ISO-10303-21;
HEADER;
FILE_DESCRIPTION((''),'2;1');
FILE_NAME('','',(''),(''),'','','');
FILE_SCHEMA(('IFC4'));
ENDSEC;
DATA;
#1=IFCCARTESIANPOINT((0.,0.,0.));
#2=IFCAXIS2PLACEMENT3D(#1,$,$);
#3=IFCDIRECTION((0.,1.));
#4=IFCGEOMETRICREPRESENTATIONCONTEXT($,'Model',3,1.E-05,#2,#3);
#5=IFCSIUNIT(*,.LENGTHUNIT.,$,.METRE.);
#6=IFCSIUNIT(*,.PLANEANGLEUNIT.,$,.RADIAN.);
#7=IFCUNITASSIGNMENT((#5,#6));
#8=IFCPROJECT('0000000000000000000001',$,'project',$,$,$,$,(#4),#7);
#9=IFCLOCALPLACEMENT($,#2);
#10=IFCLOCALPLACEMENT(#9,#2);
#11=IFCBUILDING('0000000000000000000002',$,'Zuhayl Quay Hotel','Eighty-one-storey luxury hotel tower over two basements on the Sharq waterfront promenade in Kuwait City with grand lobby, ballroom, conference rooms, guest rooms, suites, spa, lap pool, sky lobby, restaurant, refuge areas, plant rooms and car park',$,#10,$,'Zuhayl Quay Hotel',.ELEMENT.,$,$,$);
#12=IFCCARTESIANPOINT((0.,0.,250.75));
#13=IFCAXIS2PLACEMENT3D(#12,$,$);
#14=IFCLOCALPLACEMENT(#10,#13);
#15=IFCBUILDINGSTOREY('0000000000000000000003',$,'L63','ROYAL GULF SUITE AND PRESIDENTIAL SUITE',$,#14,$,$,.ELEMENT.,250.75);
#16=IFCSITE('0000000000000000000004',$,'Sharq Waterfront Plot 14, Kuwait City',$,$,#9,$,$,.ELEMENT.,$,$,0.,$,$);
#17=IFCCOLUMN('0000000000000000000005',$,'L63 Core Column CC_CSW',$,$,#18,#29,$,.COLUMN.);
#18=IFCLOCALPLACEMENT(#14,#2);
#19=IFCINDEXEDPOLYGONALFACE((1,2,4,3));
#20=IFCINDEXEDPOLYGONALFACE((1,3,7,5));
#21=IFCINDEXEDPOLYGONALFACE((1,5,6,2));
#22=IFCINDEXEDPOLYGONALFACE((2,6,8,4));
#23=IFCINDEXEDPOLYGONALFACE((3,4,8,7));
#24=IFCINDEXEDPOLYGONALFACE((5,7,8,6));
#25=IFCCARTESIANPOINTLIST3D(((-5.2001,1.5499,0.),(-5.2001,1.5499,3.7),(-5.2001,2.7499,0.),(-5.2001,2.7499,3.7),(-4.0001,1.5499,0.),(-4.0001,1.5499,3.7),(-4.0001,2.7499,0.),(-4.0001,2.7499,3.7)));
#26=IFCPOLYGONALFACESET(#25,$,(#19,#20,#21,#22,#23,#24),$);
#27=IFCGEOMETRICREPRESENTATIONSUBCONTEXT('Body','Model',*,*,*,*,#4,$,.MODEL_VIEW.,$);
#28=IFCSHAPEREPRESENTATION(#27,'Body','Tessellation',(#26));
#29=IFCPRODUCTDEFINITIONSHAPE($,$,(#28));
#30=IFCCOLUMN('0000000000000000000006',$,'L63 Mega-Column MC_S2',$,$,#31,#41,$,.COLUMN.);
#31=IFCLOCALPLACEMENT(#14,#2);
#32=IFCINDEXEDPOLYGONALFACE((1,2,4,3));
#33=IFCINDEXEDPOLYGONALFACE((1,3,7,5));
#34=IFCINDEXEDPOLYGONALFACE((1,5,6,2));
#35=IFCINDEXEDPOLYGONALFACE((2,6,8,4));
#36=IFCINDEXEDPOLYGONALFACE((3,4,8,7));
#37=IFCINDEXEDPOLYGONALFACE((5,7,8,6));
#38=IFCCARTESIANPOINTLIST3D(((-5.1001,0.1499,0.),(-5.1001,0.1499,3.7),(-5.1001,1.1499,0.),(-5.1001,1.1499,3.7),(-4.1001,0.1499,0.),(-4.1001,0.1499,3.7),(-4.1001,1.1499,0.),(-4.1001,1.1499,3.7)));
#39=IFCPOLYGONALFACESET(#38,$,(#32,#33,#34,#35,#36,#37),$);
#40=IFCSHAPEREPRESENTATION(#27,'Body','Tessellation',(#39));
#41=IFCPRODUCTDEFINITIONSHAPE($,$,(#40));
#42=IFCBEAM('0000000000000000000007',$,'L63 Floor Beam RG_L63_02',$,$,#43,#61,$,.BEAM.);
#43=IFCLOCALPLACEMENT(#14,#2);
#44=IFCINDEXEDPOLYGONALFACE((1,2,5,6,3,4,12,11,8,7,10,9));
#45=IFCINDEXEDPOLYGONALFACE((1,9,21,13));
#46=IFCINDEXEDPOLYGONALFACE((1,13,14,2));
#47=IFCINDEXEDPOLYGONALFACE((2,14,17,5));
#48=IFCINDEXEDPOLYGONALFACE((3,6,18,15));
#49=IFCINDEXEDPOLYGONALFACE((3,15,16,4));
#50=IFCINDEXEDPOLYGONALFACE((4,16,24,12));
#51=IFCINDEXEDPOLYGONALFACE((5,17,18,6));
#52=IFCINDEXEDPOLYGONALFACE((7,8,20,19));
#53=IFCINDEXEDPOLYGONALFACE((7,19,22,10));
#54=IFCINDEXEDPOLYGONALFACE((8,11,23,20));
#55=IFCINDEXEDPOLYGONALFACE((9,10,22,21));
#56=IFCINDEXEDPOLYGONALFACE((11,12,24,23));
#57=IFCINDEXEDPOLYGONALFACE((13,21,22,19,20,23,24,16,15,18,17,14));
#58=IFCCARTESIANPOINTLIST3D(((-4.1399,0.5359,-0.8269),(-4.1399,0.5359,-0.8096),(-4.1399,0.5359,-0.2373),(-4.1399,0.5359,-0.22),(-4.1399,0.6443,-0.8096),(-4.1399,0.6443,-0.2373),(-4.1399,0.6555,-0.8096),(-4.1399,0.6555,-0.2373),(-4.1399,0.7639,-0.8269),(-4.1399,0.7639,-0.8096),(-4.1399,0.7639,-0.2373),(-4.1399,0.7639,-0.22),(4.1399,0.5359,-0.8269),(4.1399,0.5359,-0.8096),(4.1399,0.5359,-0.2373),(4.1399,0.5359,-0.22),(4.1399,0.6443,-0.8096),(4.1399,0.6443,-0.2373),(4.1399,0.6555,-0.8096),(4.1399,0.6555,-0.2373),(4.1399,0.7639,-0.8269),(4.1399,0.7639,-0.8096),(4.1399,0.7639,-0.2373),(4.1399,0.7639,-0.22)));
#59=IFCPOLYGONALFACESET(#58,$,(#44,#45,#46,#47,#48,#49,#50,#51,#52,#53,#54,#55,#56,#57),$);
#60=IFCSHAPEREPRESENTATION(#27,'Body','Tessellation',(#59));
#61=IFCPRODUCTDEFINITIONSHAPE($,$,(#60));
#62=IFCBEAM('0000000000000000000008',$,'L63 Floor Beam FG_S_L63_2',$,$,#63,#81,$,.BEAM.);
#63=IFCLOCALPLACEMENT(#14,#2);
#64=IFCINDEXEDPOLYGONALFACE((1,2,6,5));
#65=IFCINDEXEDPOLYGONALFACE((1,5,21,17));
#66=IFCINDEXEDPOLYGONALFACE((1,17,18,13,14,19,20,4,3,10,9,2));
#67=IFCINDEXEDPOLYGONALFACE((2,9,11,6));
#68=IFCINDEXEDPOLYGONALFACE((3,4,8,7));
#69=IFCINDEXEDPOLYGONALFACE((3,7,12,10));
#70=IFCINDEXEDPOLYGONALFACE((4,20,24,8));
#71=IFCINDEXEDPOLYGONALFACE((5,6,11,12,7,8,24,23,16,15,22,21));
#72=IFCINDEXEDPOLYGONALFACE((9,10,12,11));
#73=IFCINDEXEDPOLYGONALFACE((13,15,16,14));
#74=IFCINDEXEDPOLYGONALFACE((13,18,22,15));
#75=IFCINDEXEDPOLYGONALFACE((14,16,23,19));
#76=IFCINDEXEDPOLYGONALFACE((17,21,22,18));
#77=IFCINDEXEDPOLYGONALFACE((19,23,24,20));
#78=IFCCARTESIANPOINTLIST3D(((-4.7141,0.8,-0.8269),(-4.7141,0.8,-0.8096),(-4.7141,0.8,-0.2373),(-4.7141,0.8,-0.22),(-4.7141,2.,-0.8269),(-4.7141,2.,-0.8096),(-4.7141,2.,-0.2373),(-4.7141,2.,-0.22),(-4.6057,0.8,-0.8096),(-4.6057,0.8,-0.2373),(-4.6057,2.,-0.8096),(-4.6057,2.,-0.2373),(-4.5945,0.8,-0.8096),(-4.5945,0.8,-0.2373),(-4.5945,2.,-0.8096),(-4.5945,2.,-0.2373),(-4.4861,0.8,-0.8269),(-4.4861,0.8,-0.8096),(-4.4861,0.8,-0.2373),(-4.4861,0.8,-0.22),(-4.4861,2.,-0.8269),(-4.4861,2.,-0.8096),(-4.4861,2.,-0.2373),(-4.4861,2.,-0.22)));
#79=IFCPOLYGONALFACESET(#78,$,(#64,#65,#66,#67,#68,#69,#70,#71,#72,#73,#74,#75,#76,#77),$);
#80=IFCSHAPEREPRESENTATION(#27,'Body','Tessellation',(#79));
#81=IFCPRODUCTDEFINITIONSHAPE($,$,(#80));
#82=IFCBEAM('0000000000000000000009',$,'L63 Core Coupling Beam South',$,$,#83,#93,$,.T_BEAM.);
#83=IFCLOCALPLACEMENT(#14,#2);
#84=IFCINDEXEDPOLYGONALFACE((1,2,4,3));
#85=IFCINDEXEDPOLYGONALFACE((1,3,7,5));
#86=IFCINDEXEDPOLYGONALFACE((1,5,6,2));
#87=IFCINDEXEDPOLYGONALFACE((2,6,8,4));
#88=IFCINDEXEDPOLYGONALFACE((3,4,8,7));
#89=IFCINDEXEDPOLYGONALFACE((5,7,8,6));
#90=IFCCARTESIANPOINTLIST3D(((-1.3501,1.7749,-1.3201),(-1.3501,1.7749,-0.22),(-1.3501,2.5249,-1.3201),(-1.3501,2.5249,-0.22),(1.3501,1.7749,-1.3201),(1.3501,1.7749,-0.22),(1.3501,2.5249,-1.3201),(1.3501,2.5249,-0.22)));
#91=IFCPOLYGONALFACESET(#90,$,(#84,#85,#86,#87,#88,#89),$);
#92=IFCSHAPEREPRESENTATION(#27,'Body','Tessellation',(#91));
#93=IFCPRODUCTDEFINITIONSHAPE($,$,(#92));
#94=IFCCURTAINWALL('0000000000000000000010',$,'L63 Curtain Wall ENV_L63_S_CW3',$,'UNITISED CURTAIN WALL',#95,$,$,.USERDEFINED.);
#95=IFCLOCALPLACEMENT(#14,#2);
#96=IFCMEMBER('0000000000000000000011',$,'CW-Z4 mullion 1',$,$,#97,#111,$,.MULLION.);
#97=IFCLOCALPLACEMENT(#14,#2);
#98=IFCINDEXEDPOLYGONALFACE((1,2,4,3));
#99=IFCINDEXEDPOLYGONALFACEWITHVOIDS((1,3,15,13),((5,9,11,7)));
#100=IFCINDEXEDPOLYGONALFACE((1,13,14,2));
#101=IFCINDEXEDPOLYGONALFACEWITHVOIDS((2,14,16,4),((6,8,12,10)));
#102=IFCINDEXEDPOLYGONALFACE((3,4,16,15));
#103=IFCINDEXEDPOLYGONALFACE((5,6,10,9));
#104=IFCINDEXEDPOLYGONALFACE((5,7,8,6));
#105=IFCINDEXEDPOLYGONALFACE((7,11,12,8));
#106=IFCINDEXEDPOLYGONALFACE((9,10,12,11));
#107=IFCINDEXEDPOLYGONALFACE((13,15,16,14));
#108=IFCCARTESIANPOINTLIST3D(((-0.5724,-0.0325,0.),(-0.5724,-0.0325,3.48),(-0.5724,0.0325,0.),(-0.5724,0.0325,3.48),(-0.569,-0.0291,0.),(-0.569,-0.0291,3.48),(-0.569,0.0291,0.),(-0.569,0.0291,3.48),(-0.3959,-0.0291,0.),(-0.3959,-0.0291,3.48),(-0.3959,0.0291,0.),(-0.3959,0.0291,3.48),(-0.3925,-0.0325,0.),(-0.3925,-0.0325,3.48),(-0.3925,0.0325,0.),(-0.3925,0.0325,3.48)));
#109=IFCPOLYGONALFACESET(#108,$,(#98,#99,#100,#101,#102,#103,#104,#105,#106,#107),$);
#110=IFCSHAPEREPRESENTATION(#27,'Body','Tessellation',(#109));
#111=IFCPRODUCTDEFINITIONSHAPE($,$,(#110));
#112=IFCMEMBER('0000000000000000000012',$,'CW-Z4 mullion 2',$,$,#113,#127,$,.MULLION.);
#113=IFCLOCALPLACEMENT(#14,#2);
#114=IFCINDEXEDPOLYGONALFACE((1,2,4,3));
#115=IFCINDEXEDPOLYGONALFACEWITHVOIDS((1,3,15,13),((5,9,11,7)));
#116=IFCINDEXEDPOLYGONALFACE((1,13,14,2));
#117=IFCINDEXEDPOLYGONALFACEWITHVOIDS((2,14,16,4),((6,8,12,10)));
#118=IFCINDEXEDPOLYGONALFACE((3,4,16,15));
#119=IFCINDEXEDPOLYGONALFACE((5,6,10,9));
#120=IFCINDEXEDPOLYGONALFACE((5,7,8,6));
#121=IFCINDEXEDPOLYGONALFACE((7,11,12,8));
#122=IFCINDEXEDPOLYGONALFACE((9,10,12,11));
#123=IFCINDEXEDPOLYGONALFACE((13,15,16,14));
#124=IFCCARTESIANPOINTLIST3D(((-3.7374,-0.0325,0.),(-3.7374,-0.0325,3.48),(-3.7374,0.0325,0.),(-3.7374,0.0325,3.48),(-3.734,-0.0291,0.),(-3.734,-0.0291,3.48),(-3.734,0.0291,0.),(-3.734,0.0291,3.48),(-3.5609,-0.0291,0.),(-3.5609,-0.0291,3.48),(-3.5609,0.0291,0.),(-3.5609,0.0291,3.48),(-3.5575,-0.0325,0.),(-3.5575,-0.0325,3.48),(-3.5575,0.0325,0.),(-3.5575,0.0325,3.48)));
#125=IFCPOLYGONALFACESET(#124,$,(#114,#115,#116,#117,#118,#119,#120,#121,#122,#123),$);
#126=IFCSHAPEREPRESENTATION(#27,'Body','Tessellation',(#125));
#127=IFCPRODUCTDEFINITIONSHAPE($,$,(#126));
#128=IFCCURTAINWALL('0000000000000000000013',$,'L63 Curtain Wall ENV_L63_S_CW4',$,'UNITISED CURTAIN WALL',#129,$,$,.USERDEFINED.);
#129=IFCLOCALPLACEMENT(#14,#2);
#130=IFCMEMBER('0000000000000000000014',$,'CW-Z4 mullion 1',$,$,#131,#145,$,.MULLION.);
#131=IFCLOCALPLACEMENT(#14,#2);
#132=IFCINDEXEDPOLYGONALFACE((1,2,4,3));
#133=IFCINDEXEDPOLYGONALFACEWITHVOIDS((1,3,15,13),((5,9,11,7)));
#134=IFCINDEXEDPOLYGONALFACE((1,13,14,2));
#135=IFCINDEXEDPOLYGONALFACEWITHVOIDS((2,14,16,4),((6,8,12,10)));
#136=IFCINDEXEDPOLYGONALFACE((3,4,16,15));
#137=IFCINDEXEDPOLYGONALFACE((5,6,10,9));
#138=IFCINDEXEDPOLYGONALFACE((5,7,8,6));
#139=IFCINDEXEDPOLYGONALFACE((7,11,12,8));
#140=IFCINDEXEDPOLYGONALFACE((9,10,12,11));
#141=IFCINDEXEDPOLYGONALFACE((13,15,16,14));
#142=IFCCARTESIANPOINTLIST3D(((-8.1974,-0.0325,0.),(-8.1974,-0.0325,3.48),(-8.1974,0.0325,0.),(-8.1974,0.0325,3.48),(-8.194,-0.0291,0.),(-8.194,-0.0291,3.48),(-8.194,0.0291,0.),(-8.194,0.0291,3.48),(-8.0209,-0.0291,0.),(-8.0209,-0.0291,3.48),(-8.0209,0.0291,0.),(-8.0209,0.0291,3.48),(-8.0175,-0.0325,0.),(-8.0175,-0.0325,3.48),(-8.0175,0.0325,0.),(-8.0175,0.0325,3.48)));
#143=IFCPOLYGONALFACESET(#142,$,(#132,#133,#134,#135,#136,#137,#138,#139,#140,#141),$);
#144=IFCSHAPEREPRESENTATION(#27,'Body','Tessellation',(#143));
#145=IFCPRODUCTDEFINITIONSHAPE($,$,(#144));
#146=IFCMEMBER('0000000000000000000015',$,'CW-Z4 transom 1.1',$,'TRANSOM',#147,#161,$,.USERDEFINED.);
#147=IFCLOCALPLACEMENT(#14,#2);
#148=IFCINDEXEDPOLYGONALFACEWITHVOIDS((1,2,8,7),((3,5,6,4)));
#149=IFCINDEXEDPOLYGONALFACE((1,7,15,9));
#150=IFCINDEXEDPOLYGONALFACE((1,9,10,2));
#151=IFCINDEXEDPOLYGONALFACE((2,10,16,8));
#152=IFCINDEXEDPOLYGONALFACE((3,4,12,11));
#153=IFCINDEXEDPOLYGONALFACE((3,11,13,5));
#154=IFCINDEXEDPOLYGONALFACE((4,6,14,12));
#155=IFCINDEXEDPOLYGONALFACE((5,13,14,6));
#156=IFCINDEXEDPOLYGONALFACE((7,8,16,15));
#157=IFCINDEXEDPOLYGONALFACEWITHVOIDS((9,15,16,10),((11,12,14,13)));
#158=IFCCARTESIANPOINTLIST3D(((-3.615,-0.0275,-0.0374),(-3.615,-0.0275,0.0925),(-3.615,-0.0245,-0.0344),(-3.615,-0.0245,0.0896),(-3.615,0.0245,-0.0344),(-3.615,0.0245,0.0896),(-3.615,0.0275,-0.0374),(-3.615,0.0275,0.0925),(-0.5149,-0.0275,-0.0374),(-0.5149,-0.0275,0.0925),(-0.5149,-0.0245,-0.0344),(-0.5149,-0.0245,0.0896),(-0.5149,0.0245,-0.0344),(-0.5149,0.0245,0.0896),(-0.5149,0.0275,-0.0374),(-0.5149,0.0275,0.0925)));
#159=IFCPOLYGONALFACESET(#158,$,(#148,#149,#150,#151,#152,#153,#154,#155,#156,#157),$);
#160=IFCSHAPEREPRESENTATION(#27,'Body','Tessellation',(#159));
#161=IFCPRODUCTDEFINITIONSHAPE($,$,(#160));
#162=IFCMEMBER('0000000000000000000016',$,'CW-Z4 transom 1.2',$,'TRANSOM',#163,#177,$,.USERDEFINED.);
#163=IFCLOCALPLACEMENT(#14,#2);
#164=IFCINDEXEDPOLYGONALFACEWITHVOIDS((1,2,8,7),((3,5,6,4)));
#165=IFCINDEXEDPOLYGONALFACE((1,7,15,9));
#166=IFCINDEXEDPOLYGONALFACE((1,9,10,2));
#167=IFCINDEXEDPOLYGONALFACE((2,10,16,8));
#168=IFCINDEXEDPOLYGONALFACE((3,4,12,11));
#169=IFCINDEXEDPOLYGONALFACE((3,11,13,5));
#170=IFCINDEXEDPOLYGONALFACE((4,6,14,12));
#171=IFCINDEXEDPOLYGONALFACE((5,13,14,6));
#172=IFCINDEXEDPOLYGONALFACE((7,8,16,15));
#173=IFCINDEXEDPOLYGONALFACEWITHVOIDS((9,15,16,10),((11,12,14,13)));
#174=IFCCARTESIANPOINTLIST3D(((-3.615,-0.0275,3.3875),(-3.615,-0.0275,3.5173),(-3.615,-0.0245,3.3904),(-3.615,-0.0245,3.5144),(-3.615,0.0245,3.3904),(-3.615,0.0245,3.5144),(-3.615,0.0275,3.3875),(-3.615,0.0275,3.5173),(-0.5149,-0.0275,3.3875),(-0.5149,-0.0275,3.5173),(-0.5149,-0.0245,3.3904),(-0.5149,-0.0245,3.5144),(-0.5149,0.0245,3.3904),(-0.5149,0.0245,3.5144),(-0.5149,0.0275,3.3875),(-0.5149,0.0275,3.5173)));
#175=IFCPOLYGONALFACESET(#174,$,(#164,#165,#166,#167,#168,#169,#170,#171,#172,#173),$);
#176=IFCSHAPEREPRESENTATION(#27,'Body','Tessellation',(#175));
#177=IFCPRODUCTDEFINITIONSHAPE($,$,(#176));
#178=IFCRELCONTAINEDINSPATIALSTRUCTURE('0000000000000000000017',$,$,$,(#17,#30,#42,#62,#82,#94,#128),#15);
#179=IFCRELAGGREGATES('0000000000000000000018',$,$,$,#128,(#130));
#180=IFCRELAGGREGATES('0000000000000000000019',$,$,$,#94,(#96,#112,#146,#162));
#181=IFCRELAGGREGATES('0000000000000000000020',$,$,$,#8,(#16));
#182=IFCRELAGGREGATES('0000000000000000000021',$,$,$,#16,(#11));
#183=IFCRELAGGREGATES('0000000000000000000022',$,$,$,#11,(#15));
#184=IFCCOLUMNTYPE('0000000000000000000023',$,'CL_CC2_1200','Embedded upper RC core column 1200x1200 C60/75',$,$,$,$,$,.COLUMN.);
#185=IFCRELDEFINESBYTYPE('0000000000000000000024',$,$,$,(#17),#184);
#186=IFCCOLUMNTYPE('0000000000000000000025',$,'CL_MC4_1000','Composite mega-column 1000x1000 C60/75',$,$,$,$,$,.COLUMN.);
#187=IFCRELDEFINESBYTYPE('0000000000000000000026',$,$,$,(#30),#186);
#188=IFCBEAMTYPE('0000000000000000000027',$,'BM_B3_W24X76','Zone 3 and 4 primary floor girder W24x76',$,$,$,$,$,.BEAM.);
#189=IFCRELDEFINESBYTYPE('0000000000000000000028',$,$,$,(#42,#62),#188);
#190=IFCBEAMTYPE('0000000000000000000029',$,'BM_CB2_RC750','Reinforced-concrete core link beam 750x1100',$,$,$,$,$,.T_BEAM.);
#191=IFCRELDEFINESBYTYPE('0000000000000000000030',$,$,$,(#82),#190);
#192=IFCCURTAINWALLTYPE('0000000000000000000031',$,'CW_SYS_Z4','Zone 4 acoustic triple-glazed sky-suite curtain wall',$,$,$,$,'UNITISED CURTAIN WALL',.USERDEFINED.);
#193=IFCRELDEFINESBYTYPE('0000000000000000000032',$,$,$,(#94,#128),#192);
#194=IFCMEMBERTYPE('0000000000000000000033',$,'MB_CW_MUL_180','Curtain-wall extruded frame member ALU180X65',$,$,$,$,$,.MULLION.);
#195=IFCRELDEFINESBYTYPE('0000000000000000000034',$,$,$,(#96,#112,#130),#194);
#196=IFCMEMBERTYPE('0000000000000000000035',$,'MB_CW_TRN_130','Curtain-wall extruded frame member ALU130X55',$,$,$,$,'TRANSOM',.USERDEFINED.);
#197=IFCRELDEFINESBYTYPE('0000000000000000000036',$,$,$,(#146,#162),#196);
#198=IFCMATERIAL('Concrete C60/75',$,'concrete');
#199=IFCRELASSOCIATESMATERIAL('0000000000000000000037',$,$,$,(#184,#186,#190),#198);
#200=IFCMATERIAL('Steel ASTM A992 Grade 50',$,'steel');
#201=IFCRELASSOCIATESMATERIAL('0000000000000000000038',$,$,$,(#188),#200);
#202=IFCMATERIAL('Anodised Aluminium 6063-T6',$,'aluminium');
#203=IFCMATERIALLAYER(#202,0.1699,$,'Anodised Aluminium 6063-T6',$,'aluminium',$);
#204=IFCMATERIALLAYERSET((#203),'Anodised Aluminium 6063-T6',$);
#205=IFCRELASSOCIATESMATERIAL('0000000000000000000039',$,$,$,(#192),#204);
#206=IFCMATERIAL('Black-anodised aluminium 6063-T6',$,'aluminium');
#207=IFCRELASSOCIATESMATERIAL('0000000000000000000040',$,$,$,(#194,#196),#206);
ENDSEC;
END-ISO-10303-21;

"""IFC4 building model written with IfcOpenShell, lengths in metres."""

from ifc_helpers import new_model, si_unit, direction, frame, origin, origin_2d, place, context, subcontext, project, spatial, rectangle, hollow_rectangle, i_section, extrude, material, layer, layer_set, material_profile, profile_set, type_object, element, aggregate, save


model = new_model("IFC4")

# Units and contexts
model_context = context("Model", 3, precision=1e-05, world=origin(), true_north=direction((0.0, 1.0)))
body_context = subcontext(model_context, "Body", "Model", "MODEL_VIEW")
ifc_project = project(units=[si_unit("LENGTHUNIT", "METRE"), si_unit("PLANEANGLEUNIT", "RADIAN")], contexts=[model_context])

# Site, building, storey
site_placement = place(None, origin())
site = spatial("IfcSite", under=ifc_project, at=site_placement, Name="Sharq Waterfront Plot 14, Kuwait City", CompositionType="ELEMENT", RefElevation=0.0)
building_placement = place(site_placement, origin())
building = spatial("IfcBuilding", under=site, at=building_placement, Name="Zuhayl Quay Hotel", Description="Eighty-one-storey luxury hotel tower over two basements on the Sharq waterfront promenade in Kuwait City with grand lobby, ballroom, conference rooms, guest rooms, suites, spa, lap pool, sky lobby, restaurant, refuge areas, plant rooms and car park", LongName="Zuhayl Quay Hotel", CompositionType="ELEMENT")
storey_placement = place(building_placement, frame((0.0, 0.0, 250.75)))
storey = spatial("IfcBuildingStorey", under=building, at=storey_placement, Name="L63", Description="ROYAL GULF SUITE AND PRESIDENTIAL SUITE", CompositionType="ELEMENT", Elevation=250.75)

# Columns
ifc_material_1 = material(Name="Concrete C60/75", Category="concrete")
ifc_material_profile_1 = material_profile(ifc_material_1, rectangle(XDim=1.2, YDim=1.2, at=origin_2d()), Name="RC1200X1200")
ifc_profile_set_1 = profile_set([ifc_material_profile_1], Name="Concrete C60/75")
column_type_1 = type_object("IfcColumnType", Name="CL_CC2_1200", Description="Embedded upper RC core column 1200x1200 C60/75", PredefinedType="COLUMN", material=ifc_profile_set_1)
column_1_placement = place(storey_placement, frame((-4.6001, 2.1499, 0.0), z_axis=(0.0, 0.0, 1.0), x_axis=(1.0, 0.0, 0.0)))
element("IfcColumn", 1, at=column_1_placement, inside=storey, type_object=column_type_1, Name="L63 Core Column CC_CSW", PredefinedType="COLUMN", context=body_context, shape_type="SweptSolid", body=[
    extrude(rectangle(XDim=1.2, YDim=1.2, at=origin_2d()), origin(), (0.0, 0.0, 1.0), 3.7),
])
ifc_material_profile_2 = material_profile(ifc_material_1, rectangle(XDim=1.0, YDim=1.0, at=origin_2d()), Name="RC1000X1000")
ifc_profile_set_2 = profile_set([ifc_material_profile_2], Name="Concrete C60/75")
column_type_2 = type_object("IfcColumnType", Name="CL_MC4_1000", Description="Composite mega-column 1000x1000 C60/75", PredefinedType="COLUMN", material=ifc_profile_set_2)
column_2_placement = place(storey_placement, frame((-4.6001, 0.6499, 0.0), z_axis=(0.0, 0.0, 1.0), x_axis=(1.0, 0.0, 0.0)))
element("IfcColumn", 2, at=column_2_placement, inside=storey, type_object=column_type_2, Name="L63 Mega-Column MC_S2", PredefinedType="COLUMN", context=body_context, shape_type="SweptSolid", body=[
    extrude(rectangle(XDim=1.0, YDim=1.0, at=origin_2d()), origin(), (0.0, 0.0, 1.0), 3.7),
])

# Beams
ifc_material_2 = material(Name="Steel ASTM A992 Grade 50", Category="steel")
ifc_material_profile_3 = material_profile(ifc_material_2, i_section(OverallWidth=0.228, OverallDepth=0.6069, WebThickness=0.0112, FlangeThickness=0.0173, at=origin_2d()), Name="W24X76")
ifc_profile_set_3 = profile_set([ifc_material_profile_3], Name="Steel ASTM A992 Grade 50")
beam_type_1 = type_object("IfcBeamType", Name="BM_B3_W24X76", Description="Zone 3 and 4 primary floor girder W24x76", PredefinedType="BEAM", material=ifc_profile_set_3)
beam_1_placement = place(storey_placement, frame((-4.1399, 0.6499, -0.5234), z_axis=(1.0, 0.0, 0.0), x_axis=(0.0, 1.0, 0.0)))
element("IfcBeam", 3, at=beam_1_placement, inside=storey, type_object=beam_type_1, Name="L63 Floor Beam RG_L63_02", PredefinedType="BEAM", context=body_context, shape_type="SweptSolid", body=[
    extrude(i_section(OverallWidth=0.228, OverallDepth=0.6069, WebThickness=0.0112, FlangeThickness=0.0173, at=origin_2d()), origin(), (0.0, 0.0, 1.0), 8.2798),
])
beam_2_placement = place(storey_placement, frame((-4.6001, 0.8, -0.5234), z_axis=(0.0, 1.0, 0.0), x_axis=(-1.0, 0.0, 0.0)))
element("IfcBeam", 4, at=beam_2_placement, inside=storey, type_object=beam_type_1, Name="L63 Floor Beam FG_S_L63_2", PredefinedType="BEAM", context=body_context, shape_type="SweptSolid", body=[
    extrude(i_section(OverallWidth=0.228, OverallDepth=0.6069, WebThickness=0.0112, FlangeThickness=0.0173, at=origin_2d()), origin(), (0.0, 0.0, 1.0), 1.2),
])
ifc_material_profile_4 = material_profile(ifc_material_1, rectangle(XDim=0.75, YDim=1.1001, at=origin_2d()), Name="RC750X1100")
ifc_profile_set_4 = profile_set([ifc_material_profile_4], Name="Concrete C60/75")
beam_type_2 = type_object("IfcBeamType", Name="BM_CB2_RC750", Description="Reinforced-concrete core link beam 750x1100", PredefinedType="T_BEAM", material=ifc_profile_set_4)
beam_3_placement = place(storey_placement, frame((-1.3501, 2.1499, -0.77), z_axis=(1.0, 0.0, 0.0), x_axis=(0.0, 1.0, 0.0)))
element("IfcBeam", 5, at=beam_3_placement, inside=storey, type_object=beam_type_2, Name="L63 Core Coupling Beam South", PredefinedType="T_BEAM", context=body_context, shape_type="SweptSolid", body=[
    extrude(rectangle(XDim=0.75, YDim=1.1001, at=origin_2d()), origin(), (0.0, 0.0, 1.0), 2.7002),
])

# Curtain wall, members
ifc_material_3 = material(Name="Anodised Aluminium 6063-T6", Category="aluminium")
ifc_layer_1 = layer(ifc_material_3, 0.1699, Name="Anodised Aluminium 6063-T6", Category="aluminium")
ifc_layer_set_1 = layer_set([ifc_layer_1], Name="Anodised Aluminium 6063-T6")
curtain_wall_type = type_object("IfcCurtainWallType", Name="CW_SYS_Z4", Description="Zone 4 acoustic triple-glazed sky-suite curtain wall", ElementType="UNITISED CURTAIN WALL", PredefinedType="USERDEFINED", material=ifc_layer_set_1)
curtain_wall_1_placement = place(storey_placement, origin())
curtain_wall_1 = element("IfcCurtainWall", 6, at=curtain_wall_1_placement, inside=storey, type_object=curtain_wall_type, Name="L63 Curtain Wall ENV_L63_S_CW3", ObjectType="UNITISED CURTAIN WALL", PredefinedType="USERDEFINED")
ifc_material_4 = material(Name="Black-anodised aluminium 6063-T6", Category="aluminium")
ifc_material_profile_5 = material_profile(ifc_material_4, hollow_rectangle(XDim=0.0649, YDim=0.1799, WallThickness=0.0034, at=origin_2d()), Name="ALU180X65")
ifc_profile_set_5 = profile_set([ifc_material_profile_5], Name="Black-anodised aluminium 6063-T6")
member_type_1 = type_object("IfcMemberType", Name="MB_CW_MUL_180", Description="Curtain-wall extruded frame member ALU180X65", PredefinedType="MULLION", material=ifc_profile_set_5)
member_1_placement = place(storey_placement, frame((-0.4824, 0.0, 0.0), z_axis=(0.0, 0.0, 1.0), x_axis=(0.0, -1.0, 0.0)))
member_1 = element("IfcMember", 7, at=member_1_placement, type_object=member_type_1, Name="CW-Z4 mullion 1", PredefinedType="MULLION", context=body_context, shape_type="SweptSolid", body=[
    extrude(hollow_rectangle(XDim=0.0649, YDim=0.1799, WallThickness=0.0034, at=origin_2d()), origin(), (0.0, 0.0, 1.0), 3.48),
])
member_2_placement = place(storey_placement, frame((-3.6475, 0.0, 0.0), z_axis=(0.0, 0.0, 1.0), x_axis=(0.0, -1.0, 0.0)))
member_2 = element("IfcMember", 8, at=member_2_placement, type_object=member_type_1, Name="CW-Z4 mullion 2", PredefinedType="MULLION", context=body_context, shape_type="SweptSolid", body=[
    extrude(hollow_rectangle(XDim=0.0649, YDim=0.1799, WallThickness=0.0034, at=origin_2d()), origin(), (0.0, 0.0, 1.0), 3.48),
])

# Curtain wall, member
curtain_wall_2_placement = place(storey_placement, origin())
curtain_wall_2 = element("IfcCurtainWall", 9, at=curtain_wall_2_placement, inside=storey, type_object=curtain_wall_type, Name="L63 Curtain Wall ENV_L63_S_CW4", ObjectType="UNITISED CURTAIN WALL", PredefinedType="USERDEFINED")
member_3_placement = place(storey_placement, frame((-8.1074, 0.0, 0.0), z_axis=(0.0, 0.0, 1.0), x_axis=(0.0, -1.0, 0.0)))
member_3 = element("IfcMember", 10, at=member_3_placement, type_object=member_type_1, Name="CW-Z4 mullion 1", PredefinedType="MULLION", context=body_context, shape_type="SweptSolid", body=[
    extrude(hollow_rectangle(XDim=0.0649, YDim=0.1799, WallThickness=0.0034, at=origin_2d()), origin(), (0.0, 0.0, 1.0), 3.48),
])

# Members
ifc_material_profile_6 = material_profile(ifc_material_4, hollow_rectangle(XDim=0.0549, YDim=0.1299, WallThickness=0.0029, at=origin_2d()), Name="ALU130X55")
ifc_profile_set_6 = profile_set([ifc_material_profile_6], Name="Black-anodised aluminium 6063-T6")
member_type_2 = type_object("IfcMemberType", Name="MB_CW_TRN_130", Description="Curtain-wall extruded frame member ALU130X55", ElementType="TRANSOM", PredefinedType="USERDEFINED", material=ifc_profile_set_6)
member_4_placement = place(storey_placement, frame((-0.5149, 0.0, 0.0276), z_axis=(-1.0, 0.0, 0.0), x_axis=(0.0, -1.0, 0.0)))
member_4 = element("IfcMember", 11, at=member_4_placement, type_object=member_type_2, Name="CW-Z4 transom 1.1", ObjectType="TRANSOM", PredefinedType="USERDEFINED", context=body_context, shape_type="SweptSolid", body=[
    extrude(hollow_rectangle(XDim=0.0549, YDim=0.1299, WallThickness=0.0029, at=origin_2d()), origin(), (0.0, 0.0, 1.0), 3.1001),
])
member_5_placement = place(storey_placement, frame((-0.5149, 0.0, 3.4524), z_axis=(-1.0, 0.0, 0.0), x_axis=(0.0, -1.0, 0.0)))
member_5 = element("IfcMember", 12, at=member_5_placement, type_object=member_type_2, Name="CW-Z4 transom 1.2", ObjectType="TRANSOM", PredefinedType="USERDEFINED", context=body_context, shape_type="SweptSolid", body=[
    extrude(hollow_rectangle(XDim=0.0549, YDim=0.1299, WallThickness=0.0029, at=origin_2d()), origin(), (0.0, 0.0, 1.0), 3.1001),
])
aggregate(curtain_wall_2, [member_3])

aggregate(curtain_wall_1, [member_1, member_2, member_4, member_5])

save(model, "model.ifc")
